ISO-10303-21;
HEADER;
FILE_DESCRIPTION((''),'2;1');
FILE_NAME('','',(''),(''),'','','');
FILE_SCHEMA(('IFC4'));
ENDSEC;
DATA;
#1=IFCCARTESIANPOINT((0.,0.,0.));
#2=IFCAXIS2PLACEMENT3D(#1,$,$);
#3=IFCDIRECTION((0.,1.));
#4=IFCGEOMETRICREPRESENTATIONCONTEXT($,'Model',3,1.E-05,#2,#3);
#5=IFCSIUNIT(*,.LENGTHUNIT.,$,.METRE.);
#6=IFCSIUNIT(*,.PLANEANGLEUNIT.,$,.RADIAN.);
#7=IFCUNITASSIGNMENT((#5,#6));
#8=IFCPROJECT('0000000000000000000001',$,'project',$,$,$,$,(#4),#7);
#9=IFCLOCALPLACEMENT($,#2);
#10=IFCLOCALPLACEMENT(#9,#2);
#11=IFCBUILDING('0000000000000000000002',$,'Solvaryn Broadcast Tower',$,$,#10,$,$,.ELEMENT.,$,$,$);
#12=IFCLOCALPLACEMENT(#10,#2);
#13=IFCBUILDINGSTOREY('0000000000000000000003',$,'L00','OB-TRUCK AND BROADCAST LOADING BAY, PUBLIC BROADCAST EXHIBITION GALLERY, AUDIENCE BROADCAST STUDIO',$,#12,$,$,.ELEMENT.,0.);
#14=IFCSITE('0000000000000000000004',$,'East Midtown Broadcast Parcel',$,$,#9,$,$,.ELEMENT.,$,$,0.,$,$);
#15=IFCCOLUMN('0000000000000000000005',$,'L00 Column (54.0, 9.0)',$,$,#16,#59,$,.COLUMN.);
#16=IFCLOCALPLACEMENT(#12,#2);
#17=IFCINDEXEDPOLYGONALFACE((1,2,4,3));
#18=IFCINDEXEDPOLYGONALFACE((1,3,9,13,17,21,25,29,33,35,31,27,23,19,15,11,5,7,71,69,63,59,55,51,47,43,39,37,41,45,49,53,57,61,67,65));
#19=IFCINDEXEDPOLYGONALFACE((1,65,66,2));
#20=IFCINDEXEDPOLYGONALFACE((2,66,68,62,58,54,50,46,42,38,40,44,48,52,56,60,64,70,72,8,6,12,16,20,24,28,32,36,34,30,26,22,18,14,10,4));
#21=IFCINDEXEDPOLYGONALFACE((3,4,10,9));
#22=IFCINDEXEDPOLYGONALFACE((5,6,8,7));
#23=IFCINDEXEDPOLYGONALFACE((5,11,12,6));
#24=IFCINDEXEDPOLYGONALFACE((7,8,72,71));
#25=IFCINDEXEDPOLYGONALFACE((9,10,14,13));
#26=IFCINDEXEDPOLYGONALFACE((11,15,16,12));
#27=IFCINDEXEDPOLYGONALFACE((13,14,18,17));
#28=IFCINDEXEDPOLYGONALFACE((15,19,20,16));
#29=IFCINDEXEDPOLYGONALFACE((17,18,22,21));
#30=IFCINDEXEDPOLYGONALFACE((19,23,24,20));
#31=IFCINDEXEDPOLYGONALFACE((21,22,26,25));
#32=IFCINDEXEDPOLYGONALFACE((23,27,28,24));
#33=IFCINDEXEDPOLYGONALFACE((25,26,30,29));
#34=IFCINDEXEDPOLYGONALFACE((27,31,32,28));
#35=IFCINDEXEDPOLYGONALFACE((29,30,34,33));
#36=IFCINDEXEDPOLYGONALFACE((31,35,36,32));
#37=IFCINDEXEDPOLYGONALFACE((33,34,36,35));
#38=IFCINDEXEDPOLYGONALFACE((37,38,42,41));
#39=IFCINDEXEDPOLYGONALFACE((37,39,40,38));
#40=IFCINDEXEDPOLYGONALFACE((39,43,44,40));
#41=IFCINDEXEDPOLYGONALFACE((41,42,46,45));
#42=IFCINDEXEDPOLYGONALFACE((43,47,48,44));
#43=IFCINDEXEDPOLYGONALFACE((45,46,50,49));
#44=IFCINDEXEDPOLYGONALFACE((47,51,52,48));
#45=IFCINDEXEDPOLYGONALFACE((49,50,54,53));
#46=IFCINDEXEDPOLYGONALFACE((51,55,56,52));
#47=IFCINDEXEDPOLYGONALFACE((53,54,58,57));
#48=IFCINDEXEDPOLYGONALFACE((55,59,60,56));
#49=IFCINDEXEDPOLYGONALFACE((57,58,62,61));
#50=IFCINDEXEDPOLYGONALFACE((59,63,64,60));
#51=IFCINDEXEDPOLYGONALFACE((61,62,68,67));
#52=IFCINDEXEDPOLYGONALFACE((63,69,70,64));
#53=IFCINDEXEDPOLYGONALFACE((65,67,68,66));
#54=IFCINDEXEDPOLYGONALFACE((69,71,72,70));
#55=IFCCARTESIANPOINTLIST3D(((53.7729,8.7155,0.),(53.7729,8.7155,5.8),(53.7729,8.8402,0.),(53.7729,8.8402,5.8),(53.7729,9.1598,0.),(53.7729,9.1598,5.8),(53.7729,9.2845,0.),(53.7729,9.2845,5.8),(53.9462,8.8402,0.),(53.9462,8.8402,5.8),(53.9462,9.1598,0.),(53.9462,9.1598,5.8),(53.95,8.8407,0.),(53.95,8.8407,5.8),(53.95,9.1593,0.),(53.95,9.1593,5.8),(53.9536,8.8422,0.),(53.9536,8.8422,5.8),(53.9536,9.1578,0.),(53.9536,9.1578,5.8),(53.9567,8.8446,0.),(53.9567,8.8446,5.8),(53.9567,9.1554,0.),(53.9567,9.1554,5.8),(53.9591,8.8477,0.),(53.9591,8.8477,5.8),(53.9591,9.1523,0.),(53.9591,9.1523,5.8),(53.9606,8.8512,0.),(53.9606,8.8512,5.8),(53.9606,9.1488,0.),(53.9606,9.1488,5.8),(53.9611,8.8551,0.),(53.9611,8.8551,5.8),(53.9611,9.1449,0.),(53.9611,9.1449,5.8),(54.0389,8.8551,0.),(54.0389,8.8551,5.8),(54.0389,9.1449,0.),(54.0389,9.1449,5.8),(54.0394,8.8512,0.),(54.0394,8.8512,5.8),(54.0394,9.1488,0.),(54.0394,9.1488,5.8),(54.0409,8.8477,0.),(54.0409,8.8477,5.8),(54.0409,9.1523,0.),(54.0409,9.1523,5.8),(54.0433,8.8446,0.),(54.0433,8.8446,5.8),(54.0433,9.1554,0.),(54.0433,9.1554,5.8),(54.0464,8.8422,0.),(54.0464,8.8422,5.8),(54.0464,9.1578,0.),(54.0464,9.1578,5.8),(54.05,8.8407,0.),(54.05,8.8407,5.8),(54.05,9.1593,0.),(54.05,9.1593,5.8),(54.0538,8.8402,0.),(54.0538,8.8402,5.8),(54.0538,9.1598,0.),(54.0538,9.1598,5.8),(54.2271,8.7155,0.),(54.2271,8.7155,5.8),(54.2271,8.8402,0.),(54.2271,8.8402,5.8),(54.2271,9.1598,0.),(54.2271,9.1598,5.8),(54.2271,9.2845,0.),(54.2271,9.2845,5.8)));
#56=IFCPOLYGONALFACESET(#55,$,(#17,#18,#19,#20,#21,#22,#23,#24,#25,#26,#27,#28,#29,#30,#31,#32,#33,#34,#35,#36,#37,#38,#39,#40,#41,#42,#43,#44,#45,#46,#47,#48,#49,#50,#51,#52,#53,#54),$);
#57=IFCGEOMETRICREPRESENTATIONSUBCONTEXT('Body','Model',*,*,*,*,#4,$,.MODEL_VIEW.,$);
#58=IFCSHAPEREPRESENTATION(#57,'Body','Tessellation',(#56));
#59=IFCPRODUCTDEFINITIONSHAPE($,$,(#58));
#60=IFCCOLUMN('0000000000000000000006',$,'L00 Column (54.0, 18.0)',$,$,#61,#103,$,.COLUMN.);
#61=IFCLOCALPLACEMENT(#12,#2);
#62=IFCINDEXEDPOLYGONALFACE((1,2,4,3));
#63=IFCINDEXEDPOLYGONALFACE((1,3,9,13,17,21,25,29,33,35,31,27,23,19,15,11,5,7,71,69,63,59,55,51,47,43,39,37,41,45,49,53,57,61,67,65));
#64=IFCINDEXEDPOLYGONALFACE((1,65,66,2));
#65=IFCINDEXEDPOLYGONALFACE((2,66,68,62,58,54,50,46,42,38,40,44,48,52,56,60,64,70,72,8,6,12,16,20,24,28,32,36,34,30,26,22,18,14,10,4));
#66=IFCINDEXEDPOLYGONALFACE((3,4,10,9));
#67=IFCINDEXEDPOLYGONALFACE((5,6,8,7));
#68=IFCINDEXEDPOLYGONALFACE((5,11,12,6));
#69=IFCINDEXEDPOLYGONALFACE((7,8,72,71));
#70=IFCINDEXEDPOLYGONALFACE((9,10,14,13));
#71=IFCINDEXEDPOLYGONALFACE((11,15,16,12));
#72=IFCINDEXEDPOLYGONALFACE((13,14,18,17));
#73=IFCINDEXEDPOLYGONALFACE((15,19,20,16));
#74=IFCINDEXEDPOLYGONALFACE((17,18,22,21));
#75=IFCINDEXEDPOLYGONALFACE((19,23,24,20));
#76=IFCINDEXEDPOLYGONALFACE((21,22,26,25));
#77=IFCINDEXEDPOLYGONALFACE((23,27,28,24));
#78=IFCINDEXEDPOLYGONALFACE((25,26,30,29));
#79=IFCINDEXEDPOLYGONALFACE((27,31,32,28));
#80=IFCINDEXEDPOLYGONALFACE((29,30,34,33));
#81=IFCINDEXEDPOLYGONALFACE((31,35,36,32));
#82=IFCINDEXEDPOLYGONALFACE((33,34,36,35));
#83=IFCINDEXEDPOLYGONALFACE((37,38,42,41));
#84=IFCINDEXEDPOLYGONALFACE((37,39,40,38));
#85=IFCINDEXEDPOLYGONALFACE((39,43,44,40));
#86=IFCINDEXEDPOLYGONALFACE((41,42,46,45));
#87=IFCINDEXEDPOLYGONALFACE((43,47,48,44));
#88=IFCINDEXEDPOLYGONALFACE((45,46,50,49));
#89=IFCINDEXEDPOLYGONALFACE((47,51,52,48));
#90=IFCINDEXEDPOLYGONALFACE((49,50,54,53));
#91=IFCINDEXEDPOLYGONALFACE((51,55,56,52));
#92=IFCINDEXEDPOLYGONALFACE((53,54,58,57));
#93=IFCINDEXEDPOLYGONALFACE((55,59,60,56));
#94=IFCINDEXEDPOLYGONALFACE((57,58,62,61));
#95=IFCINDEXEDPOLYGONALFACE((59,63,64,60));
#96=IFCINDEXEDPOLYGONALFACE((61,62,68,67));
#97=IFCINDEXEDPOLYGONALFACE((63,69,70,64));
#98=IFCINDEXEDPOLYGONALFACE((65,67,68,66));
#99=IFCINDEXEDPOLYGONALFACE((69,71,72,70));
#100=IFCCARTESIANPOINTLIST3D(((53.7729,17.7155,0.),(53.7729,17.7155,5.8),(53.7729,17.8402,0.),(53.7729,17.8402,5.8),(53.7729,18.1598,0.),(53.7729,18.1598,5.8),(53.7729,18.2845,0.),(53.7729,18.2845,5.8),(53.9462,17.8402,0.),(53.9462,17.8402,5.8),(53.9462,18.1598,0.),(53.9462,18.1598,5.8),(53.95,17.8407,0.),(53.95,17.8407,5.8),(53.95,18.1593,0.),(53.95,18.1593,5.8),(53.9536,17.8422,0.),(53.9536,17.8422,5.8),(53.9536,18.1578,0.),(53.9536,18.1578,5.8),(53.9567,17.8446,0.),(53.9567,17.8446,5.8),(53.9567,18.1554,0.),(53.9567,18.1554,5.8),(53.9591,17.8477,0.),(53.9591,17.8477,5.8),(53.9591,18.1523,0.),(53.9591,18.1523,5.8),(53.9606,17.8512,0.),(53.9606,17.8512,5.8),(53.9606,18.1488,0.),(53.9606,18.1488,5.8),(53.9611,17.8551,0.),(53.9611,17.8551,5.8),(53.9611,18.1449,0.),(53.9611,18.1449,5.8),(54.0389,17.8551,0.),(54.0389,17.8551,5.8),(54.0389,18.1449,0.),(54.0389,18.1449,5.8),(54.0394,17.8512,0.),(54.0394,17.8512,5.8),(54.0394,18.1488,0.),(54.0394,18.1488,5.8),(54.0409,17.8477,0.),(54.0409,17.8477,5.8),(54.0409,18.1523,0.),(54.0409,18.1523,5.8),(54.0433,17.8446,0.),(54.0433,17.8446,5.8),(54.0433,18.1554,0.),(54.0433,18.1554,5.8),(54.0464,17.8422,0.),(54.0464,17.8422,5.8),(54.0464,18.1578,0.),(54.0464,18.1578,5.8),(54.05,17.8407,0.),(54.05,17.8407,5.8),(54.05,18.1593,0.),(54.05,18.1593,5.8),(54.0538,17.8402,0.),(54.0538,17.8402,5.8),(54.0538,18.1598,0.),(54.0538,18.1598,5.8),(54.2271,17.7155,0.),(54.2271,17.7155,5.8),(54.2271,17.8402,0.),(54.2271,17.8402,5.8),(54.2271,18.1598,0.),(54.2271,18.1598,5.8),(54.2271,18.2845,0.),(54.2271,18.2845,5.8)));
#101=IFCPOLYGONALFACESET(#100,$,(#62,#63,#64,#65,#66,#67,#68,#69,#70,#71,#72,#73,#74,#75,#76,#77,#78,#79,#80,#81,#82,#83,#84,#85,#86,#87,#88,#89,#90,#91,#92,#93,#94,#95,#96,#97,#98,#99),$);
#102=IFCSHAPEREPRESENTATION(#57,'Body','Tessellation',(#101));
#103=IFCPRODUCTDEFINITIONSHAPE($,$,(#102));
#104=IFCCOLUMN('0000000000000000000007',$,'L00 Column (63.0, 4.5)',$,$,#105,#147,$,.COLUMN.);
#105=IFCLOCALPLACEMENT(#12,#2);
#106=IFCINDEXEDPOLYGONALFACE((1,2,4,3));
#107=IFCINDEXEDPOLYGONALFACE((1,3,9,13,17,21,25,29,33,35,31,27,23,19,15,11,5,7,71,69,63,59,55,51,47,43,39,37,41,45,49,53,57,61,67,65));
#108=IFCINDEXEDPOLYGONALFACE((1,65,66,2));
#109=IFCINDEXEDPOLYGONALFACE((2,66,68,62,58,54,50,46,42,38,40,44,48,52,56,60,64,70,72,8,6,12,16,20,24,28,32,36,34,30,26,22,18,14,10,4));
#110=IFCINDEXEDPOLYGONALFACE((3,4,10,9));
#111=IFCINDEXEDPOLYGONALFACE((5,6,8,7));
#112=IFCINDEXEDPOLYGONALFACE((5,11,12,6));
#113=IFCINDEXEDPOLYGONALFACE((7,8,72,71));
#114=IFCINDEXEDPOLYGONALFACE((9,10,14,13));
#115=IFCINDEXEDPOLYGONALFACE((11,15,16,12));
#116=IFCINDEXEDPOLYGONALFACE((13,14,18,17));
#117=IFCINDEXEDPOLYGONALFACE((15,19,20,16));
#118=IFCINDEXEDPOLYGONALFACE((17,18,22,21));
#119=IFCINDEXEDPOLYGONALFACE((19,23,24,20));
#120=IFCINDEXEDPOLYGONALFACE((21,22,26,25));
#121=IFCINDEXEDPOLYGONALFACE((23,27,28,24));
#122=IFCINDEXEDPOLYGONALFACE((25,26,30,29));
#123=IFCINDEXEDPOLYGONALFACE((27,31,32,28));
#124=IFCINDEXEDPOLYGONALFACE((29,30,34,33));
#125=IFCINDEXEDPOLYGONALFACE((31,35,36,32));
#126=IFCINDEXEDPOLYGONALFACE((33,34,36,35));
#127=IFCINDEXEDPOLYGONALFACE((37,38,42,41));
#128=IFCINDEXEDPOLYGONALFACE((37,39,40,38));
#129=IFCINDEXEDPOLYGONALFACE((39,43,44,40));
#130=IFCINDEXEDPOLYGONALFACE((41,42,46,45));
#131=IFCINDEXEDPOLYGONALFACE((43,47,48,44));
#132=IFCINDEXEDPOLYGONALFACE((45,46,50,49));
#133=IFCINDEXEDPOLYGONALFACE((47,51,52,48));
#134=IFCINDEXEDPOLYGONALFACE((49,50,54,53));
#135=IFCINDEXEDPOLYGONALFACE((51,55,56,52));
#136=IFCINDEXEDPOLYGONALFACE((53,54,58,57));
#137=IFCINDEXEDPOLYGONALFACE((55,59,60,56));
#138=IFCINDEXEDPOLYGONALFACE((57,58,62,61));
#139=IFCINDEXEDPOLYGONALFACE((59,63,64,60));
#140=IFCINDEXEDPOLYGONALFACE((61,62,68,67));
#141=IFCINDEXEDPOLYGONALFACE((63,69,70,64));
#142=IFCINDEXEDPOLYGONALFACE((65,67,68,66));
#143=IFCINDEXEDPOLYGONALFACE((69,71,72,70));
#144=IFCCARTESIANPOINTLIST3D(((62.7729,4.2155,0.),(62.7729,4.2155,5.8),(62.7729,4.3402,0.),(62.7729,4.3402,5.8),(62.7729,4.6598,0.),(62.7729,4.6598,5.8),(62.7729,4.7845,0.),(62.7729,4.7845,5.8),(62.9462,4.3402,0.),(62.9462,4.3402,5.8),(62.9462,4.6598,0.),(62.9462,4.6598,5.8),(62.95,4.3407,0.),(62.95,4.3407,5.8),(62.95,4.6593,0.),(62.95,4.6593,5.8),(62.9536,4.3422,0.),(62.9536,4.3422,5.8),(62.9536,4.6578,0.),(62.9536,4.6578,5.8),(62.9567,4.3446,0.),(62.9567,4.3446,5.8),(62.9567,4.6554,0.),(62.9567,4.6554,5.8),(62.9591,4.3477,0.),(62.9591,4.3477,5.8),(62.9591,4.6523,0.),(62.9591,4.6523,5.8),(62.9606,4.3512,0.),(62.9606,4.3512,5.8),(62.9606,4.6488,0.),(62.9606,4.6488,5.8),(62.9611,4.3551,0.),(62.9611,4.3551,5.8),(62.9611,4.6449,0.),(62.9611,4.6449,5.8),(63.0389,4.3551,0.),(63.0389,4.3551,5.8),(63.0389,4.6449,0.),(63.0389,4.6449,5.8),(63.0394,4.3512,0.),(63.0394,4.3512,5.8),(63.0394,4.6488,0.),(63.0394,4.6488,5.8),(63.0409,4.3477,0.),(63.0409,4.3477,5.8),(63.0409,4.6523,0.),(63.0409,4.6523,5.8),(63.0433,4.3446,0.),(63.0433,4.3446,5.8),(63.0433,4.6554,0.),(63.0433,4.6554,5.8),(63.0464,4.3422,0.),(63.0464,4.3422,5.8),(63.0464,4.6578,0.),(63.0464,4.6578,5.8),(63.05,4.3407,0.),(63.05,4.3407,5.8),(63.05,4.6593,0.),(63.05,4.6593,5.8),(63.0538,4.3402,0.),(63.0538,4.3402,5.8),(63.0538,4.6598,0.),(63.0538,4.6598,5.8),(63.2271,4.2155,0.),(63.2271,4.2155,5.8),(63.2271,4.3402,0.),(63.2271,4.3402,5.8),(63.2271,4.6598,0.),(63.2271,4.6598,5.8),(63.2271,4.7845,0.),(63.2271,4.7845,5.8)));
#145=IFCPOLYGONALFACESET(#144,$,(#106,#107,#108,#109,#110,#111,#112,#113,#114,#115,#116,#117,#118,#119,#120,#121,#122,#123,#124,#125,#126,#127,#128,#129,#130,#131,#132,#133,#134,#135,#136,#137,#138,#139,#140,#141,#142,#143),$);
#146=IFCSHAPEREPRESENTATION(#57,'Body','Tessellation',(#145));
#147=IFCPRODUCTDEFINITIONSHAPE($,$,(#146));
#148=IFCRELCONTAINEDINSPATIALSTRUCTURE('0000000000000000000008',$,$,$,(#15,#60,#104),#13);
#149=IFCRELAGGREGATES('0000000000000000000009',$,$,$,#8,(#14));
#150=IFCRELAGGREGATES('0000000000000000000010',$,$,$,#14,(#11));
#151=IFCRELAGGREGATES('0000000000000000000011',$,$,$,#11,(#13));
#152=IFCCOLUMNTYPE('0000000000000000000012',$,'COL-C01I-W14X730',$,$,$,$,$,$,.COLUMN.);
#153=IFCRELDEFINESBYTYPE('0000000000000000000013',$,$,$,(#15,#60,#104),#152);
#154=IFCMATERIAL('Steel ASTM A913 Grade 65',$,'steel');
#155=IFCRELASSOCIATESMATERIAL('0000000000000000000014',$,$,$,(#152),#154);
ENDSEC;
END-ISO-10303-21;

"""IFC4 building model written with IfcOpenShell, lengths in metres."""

from ifc_helpers import new_model, si_unit, direction, frame, origin, origin_2d, place, context, subcontext, project, spatial, i_section, extrude, material, material_profile, profile_set, type_object, element, save


model = new_model("IFC4")

# Units and contexts
model_context = context("Model", 3, precision=1e-05, world=origin(), true_north=direction((0.0, 1.0)))
body_context = subcontext(model_context, "Body", "Model", "MODEL_VIEW")
ifc_project = project(units=[si_unit("LENGTHUNIT", "METRE"), si_unit("PLANEANGLEUNIT", "RADIAN")], contexts=[model_context])

# Site, building, storey
site_placement = place(None, origin())
site = spatial("IfcSite", under=ifc_project, at=site_placement, Name="East Midtown Broadcast Parcel", CompositionType="ELEMENT", RefElevation=0.0)
building_placement = place(site_placement, origin())
building = spatial("IfcBuilding", under=site, at=building_placement, Name="Solvaryn Broadcast Tower", CompositionType="ELEMENT")
storey_placement = place(building_placement, origin())
storey = spatial("IfcBuildingStorey", under=building, at=storey_placement, Name="L00", Description="OB-TRUCK AND BROADCAST LOADING BAY, PUBLIC BROADCAST EXHIBITION GALLERY, AUDIENCE BROADCAST STUDIO", CompositionType="ELEMENT", Elevation=0.0)

# Columns
ifc_material_1 = material(Name="Steel ASTM A913 Grade 65", Category="steel")
ifc_material_profile_1 = material_profile(ifc_material_1, i_section(OverallWidth=0.4541, OverallDepth=0.5691, WebThickness=0.0779, FlangeThickness=0.1248, FilletRadius=0.0149, at=origin_2d()))
ifc_profile_set_1 = profile_set([ifc_material_profile_1], Name="Steel ASTM A913 Grade 65")
column_type_1 = type_object("IfcColumnType", Name="COL-C01I-W14X730", PredefinedType="COLUMN", material=ifc_profile_set_1)
for number, where, z_axis, x_axis, name in (
    (1, (54.0, 9.0, 0.0), (0.0, 0.0, 1.0), (1.0, 0.0, 0.0), "L00 Column (54.0, 9.0)"),
    (2, (54.0, 18.0, 0.0), (0.0, 0.0, 1.0), (1.0, 0.0, 0.0), "L00 Column (54.0, 18.0)"),
    (3, (63.0, 4.5, 0.0), (0.0, 0.0, 1.0), (1.0, 0.0, 0.0), "L00 Column (63.0, 4.5)"),
):
    element("IfcColumn", number, at=place(storey_placement, frame(where, z_axis=z_axis, x_axis=x_axis)), inside=storey, type_object=column_type_1, Name=name, PredefinedType="COLUMN", context=body_context, shape_type="SweptSolid", body=[
        extrude(i_section(OverallWidth=0.4541, OverallDepth=0.5691, WebThickness=0.0779, FlangeThickness=0.1248, FilletRadius=0.0149, at=origin_2d()), origin(), (0.0, 0.0, 1.0), 5.8),
    ])

save(model, "model.ifc")
